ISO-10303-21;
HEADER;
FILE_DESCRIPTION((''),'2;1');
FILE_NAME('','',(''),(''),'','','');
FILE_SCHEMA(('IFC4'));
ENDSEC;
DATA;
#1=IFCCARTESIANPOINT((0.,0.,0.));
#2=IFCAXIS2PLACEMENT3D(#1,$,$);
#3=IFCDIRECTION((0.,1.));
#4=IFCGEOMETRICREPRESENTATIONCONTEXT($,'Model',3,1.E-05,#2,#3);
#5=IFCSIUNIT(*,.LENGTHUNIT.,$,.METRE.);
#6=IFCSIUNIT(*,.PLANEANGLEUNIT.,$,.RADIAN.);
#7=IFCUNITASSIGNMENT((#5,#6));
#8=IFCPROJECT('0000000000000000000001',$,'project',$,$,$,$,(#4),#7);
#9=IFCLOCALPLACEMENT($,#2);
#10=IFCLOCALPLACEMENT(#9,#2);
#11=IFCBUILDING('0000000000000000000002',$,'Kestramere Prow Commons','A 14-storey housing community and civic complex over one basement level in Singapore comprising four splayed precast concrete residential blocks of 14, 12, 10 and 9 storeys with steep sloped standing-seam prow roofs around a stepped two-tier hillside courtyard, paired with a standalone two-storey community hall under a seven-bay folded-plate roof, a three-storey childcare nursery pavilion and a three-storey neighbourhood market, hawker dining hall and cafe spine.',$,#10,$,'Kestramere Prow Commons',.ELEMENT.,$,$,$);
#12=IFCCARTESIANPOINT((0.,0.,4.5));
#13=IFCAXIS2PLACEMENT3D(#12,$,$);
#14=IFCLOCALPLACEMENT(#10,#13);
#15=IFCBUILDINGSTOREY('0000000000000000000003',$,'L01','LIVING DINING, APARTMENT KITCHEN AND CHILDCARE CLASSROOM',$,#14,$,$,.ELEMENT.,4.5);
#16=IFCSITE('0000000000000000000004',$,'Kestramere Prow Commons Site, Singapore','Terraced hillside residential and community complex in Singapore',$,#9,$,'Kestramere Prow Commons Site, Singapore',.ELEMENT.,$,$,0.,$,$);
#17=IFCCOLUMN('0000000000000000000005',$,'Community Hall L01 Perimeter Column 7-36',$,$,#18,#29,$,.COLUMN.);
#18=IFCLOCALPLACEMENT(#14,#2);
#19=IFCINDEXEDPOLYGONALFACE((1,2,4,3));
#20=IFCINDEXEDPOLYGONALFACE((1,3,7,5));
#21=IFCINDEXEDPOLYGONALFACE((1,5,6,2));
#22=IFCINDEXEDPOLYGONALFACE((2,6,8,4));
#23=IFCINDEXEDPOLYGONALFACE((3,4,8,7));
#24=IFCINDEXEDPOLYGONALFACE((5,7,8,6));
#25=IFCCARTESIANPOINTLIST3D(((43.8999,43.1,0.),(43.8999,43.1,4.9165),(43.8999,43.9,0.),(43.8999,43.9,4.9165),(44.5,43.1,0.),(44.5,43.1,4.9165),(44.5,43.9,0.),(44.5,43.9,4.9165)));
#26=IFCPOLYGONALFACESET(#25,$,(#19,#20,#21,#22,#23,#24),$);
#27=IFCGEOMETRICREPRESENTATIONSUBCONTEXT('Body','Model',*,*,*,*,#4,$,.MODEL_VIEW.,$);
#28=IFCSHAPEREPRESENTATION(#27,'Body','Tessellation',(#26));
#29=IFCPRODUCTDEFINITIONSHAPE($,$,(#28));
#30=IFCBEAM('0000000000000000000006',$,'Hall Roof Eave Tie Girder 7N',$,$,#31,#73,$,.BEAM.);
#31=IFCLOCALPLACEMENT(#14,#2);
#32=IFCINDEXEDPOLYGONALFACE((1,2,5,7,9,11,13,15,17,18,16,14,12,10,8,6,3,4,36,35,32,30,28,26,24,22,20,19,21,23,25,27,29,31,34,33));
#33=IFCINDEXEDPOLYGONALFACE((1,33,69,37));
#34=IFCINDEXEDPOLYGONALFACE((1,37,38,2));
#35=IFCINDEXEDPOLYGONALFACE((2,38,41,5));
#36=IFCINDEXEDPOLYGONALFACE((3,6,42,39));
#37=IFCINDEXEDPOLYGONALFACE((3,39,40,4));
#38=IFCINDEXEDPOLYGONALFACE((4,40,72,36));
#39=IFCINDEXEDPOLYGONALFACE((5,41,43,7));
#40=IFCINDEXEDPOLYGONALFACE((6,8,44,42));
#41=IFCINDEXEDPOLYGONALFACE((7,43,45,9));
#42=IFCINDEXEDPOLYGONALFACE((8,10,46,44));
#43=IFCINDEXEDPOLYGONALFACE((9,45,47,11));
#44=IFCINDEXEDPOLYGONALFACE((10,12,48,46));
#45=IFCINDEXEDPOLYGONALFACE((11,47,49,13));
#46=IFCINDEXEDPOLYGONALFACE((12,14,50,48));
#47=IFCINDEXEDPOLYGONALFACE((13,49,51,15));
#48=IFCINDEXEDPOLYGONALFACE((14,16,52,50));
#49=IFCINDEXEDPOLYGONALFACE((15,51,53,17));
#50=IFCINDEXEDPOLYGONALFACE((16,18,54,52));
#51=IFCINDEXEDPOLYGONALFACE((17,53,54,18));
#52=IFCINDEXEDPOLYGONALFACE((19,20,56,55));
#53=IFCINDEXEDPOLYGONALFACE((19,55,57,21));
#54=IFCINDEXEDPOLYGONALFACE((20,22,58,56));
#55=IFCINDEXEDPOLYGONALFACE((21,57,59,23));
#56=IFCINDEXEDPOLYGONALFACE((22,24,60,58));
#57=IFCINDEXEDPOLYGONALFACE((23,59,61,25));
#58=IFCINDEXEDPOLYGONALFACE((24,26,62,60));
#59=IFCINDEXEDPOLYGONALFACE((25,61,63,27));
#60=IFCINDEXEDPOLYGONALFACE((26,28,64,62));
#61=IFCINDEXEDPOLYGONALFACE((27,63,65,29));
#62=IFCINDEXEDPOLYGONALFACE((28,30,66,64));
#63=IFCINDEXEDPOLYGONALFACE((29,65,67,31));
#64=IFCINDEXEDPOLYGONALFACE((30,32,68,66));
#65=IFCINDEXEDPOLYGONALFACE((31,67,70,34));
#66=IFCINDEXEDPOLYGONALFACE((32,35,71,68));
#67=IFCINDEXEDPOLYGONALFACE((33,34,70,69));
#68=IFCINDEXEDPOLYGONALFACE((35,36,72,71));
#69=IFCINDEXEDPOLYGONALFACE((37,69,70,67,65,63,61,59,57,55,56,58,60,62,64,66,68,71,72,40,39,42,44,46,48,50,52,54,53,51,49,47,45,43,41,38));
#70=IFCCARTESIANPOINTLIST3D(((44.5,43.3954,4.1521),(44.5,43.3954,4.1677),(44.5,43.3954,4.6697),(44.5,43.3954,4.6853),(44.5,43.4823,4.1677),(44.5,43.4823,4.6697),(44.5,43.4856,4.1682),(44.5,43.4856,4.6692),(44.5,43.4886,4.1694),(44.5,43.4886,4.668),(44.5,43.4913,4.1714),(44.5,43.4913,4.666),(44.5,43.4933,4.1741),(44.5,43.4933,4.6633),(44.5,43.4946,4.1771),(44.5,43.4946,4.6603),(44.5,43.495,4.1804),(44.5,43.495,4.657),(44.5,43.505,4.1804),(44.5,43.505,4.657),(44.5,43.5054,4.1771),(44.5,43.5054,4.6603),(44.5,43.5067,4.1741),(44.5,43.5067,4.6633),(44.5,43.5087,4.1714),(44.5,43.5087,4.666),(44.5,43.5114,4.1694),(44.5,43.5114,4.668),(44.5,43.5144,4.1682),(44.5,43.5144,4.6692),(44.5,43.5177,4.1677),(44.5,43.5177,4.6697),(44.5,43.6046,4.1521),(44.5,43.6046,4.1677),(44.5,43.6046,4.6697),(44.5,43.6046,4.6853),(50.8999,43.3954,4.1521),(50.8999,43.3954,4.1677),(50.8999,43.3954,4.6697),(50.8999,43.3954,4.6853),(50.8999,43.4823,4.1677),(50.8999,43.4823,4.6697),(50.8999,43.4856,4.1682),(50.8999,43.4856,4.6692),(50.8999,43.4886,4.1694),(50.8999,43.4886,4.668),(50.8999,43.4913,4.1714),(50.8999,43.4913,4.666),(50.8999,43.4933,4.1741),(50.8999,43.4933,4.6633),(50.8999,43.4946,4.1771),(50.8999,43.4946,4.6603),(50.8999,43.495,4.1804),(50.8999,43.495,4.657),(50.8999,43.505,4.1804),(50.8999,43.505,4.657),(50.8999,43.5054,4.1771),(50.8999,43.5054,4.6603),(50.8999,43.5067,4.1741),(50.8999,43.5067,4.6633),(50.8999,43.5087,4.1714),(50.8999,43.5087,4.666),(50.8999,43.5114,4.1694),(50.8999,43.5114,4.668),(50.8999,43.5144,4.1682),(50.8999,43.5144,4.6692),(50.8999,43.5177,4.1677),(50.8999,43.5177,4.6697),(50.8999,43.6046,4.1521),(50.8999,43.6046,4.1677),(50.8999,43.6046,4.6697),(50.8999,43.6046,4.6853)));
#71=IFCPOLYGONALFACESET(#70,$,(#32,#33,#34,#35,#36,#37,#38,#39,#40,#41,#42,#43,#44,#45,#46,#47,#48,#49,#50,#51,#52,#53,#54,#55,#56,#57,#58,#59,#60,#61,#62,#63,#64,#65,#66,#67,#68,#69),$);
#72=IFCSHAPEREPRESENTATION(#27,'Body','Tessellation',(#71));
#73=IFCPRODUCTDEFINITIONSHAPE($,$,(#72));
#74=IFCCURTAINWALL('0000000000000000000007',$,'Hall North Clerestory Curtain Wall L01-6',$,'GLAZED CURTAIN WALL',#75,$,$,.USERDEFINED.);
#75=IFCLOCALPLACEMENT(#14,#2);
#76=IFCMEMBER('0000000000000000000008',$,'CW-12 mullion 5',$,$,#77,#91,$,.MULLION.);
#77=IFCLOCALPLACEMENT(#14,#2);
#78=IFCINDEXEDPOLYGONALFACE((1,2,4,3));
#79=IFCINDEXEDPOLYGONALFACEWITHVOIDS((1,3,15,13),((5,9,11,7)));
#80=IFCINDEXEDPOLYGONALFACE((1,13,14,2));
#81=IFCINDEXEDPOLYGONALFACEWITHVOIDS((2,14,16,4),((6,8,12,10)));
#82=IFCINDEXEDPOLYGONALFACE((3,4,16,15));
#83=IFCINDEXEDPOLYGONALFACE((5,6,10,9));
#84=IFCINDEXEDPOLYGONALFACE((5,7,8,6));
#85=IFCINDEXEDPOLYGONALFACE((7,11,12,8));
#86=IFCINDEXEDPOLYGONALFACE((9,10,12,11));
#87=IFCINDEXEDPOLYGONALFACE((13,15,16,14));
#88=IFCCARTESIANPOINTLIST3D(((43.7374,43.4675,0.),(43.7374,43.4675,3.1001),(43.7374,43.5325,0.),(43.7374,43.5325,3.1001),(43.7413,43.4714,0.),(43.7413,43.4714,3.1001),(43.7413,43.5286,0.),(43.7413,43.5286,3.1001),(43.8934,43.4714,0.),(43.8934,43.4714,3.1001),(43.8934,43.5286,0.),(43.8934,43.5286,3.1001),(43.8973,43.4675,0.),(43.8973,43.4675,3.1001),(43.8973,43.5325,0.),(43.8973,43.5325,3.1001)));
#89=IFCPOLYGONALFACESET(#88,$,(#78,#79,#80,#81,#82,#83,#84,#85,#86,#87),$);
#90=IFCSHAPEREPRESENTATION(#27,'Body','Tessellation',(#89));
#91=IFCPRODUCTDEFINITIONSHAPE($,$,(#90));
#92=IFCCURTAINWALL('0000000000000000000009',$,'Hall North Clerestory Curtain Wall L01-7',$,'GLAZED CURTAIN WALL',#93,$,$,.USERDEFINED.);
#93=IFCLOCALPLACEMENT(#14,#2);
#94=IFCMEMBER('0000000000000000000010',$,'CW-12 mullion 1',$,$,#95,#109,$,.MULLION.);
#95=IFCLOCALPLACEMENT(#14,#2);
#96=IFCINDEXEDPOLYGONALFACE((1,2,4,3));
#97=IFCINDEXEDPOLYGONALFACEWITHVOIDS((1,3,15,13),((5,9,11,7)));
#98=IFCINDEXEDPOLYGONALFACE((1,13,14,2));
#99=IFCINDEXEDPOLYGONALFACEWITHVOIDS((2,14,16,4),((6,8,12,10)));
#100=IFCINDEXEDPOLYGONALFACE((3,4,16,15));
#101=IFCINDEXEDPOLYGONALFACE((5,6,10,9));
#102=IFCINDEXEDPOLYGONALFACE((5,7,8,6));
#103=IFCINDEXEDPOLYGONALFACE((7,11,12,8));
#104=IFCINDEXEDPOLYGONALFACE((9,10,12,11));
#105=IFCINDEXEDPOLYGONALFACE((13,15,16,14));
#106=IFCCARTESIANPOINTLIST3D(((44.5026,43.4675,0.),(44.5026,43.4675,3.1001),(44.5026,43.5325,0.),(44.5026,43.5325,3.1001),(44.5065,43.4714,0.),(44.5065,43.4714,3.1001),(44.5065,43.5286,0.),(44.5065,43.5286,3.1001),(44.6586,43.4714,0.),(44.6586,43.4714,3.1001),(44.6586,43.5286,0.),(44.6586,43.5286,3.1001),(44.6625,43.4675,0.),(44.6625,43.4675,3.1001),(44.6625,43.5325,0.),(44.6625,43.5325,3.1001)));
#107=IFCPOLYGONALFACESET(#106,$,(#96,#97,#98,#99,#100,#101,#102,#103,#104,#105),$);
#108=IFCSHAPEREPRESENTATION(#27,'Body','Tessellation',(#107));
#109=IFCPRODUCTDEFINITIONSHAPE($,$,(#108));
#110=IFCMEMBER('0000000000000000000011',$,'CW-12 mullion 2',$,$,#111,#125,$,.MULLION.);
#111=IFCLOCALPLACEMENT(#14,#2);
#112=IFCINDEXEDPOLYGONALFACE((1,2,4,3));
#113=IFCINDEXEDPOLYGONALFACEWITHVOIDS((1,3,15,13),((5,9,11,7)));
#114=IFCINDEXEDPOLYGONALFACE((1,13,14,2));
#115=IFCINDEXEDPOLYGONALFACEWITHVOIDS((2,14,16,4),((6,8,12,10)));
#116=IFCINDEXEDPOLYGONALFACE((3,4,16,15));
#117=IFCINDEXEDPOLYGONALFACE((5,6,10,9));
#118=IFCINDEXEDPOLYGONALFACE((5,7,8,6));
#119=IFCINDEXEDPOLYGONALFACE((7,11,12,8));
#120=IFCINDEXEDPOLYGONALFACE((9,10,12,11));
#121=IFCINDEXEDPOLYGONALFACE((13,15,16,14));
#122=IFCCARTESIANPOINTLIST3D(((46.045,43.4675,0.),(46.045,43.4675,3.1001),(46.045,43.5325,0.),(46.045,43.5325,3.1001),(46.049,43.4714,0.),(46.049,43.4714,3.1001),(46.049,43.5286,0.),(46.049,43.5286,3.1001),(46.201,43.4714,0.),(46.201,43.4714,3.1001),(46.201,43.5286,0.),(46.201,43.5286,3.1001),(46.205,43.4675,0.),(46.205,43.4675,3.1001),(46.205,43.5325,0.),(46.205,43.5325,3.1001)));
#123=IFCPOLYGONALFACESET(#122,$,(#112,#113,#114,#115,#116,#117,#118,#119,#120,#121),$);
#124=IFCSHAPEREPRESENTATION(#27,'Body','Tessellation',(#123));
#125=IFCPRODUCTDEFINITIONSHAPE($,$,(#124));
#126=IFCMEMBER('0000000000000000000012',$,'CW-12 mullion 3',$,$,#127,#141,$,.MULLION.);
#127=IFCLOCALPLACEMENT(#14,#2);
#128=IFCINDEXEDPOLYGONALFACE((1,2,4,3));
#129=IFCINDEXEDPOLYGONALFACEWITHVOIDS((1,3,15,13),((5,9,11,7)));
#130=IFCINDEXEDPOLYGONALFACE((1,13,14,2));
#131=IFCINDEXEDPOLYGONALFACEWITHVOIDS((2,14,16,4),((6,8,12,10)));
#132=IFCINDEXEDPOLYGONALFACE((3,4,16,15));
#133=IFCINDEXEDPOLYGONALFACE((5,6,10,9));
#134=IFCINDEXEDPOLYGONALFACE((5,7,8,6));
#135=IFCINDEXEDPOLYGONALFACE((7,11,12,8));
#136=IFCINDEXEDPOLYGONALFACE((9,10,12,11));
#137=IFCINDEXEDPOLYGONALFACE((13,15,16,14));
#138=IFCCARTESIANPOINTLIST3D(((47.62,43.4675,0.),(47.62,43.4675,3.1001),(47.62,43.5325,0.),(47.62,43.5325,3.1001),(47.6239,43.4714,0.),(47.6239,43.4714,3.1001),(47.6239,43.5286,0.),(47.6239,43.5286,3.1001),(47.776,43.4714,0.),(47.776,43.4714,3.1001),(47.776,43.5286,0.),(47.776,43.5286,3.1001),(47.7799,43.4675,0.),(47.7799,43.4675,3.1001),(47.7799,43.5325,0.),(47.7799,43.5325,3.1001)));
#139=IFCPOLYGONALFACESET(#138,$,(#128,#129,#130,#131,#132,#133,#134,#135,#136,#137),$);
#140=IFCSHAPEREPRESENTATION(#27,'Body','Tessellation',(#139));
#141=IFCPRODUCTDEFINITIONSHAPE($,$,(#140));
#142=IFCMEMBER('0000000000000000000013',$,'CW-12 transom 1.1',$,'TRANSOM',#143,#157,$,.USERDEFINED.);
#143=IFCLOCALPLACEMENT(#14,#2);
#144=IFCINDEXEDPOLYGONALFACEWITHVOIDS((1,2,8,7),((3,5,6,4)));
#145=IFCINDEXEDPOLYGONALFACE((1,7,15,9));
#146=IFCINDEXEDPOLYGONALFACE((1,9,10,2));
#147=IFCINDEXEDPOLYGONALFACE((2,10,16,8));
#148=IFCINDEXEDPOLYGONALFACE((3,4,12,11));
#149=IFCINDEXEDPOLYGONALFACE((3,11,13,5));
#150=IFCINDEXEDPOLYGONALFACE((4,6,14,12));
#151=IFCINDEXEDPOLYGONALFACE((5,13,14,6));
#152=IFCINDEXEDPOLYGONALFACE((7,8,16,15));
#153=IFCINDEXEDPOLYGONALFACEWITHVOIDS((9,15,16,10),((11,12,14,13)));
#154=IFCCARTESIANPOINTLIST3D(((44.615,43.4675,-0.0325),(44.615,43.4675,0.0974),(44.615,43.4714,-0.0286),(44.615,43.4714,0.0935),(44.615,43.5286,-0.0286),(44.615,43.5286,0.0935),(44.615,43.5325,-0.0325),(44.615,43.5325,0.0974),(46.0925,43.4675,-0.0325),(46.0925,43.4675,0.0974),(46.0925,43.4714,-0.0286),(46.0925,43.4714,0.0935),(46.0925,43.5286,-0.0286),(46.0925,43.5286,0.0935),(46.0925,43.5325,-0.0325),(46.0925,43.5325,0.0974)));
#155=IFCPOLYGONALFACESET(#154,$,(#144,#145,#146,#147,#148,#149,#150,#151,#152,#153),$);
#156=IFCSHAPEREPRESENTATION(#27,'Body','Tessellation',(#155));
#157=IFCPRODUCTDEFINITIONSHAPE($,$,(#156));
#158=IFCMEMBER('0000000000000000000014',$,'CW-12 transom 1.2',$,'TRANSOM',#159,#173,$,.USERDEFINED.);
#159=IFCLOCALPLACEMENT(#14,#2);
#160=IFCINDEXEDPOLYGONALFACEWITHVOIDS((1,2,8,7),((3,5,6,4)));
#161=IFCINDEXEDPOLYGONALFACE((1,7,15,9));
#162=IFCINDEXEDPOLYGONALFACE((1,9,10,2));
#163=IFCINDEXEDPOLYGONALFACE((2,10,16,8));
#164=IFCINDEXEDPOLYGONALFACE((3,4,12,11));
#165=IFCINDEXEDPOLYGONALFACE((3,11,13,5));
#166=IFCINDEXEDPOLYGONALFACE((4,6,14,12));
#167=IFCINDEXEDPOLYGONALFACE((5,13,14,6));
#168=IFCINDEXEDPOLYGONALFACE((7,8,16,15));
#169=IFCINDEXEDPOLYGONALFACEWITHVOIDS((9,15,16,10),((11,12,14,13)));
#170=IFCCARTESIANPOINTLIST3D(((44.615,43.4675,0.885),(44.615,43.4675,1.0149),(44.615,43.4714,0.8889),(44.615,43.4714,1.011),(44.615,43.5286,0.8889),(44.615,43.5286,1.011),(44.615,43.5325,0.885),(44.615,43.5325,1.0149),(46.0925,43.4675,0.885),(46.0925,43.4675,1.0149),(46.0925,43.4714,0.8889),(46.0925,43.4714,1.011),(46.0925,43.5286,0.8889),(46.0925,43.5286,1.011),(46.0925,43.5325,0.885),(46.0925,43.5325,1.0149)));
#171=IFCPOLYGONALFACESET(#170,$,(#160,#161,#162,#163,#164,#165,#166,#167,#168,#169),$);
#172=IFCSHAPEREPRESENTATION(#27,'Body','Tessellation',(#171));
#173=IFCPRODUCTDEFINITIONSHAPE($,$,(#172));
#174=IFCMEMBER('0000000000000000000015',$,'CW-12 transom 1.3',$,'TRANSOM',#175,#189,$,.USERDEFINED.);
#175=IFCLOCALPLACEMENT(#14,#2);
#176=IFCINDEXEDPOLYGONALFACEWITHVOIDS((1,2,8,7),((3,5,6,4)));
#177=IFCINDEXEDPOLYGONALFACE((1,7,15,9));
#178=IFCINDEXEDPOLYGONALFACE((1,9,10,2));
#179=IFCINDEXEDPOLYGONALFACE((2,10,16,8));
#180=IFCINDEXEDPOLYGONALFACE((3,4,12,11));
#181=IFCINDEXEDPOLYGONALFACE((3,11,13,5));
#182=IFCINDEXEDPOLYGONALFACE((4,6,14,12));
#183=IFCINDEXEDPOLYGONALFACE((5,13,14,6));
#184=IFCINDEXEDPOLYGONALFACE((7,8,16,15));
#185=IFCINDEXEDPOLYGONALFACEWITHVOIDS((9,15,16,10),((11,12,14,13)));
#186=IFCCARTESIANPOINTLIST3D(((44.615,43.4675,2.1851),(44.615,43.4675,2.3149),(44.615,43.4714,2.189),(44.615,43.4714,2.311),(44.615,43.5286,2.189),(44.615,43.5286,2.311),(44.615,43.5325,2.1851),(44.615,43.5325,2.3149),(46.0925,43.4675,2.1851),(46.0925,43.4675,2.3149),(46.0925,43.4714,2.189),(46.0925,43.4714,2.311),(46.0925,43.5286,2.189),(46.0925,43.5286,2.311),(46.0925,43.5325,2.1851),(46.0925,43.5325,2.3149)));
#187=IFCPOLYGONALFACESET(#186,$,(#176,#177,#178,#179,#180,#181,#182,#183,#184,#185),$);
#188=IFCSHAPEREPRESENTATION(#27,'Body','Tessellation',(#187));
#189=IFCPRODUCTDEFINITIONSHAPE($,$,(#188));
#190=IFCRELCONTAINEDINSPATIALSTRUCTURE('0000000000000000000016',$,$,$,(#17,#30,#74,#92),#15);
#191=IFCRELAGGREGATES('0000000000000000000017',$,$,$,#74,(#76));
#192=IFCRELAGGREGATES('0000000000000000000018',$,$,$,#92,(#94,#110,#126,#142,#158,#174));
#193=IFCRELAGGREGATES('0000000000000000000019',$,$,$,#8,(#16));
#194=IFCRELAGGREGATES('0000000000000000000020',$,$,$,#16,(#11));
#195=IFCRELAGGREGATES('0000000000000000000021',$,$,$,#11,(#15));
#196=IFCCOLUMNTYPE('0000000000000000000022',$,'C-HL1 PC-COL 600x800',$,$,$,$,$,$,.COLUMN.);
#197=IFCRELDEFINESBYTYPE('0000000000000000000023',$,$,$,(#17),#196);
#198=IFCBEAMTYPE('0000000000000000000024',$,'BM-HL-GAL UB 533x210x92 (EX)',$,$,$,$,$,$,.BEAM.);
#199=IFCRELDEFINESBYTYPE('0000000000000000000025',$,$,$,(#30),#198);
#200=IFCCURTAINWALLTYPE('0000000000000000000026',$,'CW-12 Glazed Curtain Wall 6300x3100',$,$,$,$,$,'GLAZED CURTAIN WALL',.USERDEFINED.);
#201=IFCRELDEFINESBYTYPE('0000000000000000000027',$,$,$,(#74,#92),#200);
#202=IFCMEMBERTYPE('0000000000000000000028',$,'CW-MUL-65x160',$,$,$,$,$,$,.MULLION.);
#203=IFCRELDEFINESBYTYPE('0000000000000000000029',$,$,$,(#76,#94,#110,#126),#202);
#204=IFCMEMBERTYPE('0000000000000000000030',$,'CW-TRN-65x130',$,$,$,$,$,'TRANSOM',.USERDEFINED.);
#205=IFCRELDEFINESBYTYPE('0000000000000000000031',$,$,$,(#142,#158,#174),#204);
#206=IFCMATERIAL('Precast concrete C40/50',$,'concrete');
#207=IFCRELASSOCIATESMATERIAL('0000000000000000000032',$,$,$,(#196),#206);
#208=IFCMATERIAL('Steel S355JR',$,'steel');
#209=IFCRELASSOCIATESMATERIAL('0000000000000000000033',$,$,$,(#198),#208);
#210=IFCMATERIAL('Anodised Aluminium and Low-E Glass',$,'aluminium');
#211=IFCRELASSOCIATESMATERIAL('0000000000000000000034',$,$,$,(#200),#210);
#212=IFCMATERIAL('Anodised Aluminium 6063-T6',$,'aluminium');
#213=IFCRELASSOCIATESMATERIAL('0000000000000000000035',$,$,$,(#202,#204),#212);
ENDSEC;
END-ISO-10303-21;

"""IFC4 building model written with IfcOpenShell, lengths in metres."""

from ifc_helpers import new_model, si_unit, direction, frame, origin, origin_2d, place, context, subcontext, project, spatial, rectangle, hollow_rectangle, i_section, extrude, material, material_profile, profile_set, type_object, element, aggregate, save


model = new_model("IFC4")

# Units and contexts
model_context = context("Model", 3, precision=1e-05, world=origin(), true_north=direction((0.0, 1.0)))
body_context = subcontext(model_context, "Body", "Model", "MODEL_VIEW")
ifc_project = project(units=[si_unit("LENGTHUNIT", "METRE"), si_unit("PLANEANGLEUNIT", "RADIAN")], contexts=[model_context])

# Site, building, storey
site_placement = place(None, origin())
site = spatial("IfcSite", under=ifc_project, at=site_placement, Name="Kestramere Prow Commons Site, Singapore", Description="Terraced hillside residential and community complex in Singapore", LongName="Kestramere Prow Commons Site, Singapore", CompositionType="ELEMENT", RefElevation=0.0)
building_placement = place(site_placement, origin())
building = spatial("IfcBuilding", under=site, at=building_placement, Name="Kestramere Prow Commons", Description="A 14-storey housing community and civic complex over one basement level in Singapore comprising four splayed precast concrete residential blocks of 14, 12, 10 and 9 storeys with steep sloped standing-seam prow roofs around a stepped two-tier hillside courtyard, paired with a standalone two-storey community hall under a seven-bay folded-plate roof, a three-storey childcare nursery pavilion and a three-storey neighbourhood market, hawker dining hall and cafe spine.", LongName="Kestramere Prow Commons", CompositionType="ELEMENT")
storey_placement = place(building_placement, frame((0.0, 0.0, 4.5)))
storey = spatial("IfcBuildingStorey", under=building, at=storey_placement, Name="L01", Description="LIVING DINING, APARTMENT KITCHEN AND CHILDCARE CLASSROOM", CompositionType="ELEMENT", Elevation=4.5)

# Column
ifc_material_1 = material(Name="Precast concrete C40/50", Category="concrete")
ifc_material_profile_1 = material_profile(ifc_material_1, rectangle(XDim=0.6001, YDim=0.8, at=origin_2d()), Name="PC-COL 600x800")
ifc_profile_set_1 = profile_set([ifc_material_profile_1], Name="Precast concrete C40/50")
column_type = type_object("IfcColumnType", Name="C-HL1 PC-COL 600x800", PredefinedType="COLUMN", material=ifc_profile_set_1)
column_placement = place(storey_placement, frame((44.2, 43.5, 0.0), z_axis=(0.0, 0.0, 1.0), x_axis=(1.0, 0.0, 0.0)))
element("IfcColumn", 1, at=column_placement, inside=storey, type_object=column_type, Name="Community Hall L01 Perimeter Column 7-36", PredefinedType="COLUMN", context=body_context, shape_type="SweptSolid", body=[
    extrude(rectangle(XDim=0.6001, YDim=0.8, at=origin_2d()), origin(), (0.0, 0.0, 1.0), 4.9165),
])

# Beam
ifc_material_2 = material(Name="Steel S355JR", Category="steel")
ifc_material_profile_2 = material_profile(ifc_material_2, i_section(OverallWidth=0.2092, OverallDepth=0.5332, WebThickness=0.01, FlangeThickness=0.0156, FilletRadius=0.0127, at=origin_2d()), Name="UB 533x210x92")
ifc_profile_set_2 = profile_set([ifc_material_profile_2], Name="Steel S355JR")
beam_type = type_object("IfcBeamType", Name="BM-HL-GAL UB 533x210x92 (EX)", PredefinedType="BEAM", material=ifc_profile_set_2)
beam_placement = place(storey_placement, frame((44.5, 43.5, 4.4187), z_axis=(1.0, 0.0, 0.0), x_axis=(0.0, 1.0, 0.0)))
element("IfcBeam", 2, at=beam_placement, inside=storey, type_object=beam_type, Name="Hall Roof Eave Tie Girder 7N", PredefinedType="BEAM", context=body_context, shape_type="SweptSolid", body=[
    extrude(i_section(OverallWidth=0.2092, OverallDepth=0.5332, WebThickness=0.01, FlangeThickness=0.0156, FilletRadius=0.0127, at=origin_2d()), origin(), (0.0, 0.0, 1.0), 6.3999),
])

# Curtain wall, member
ifc_material_3 = material(Name="Anodised Aluminium and Low-E Glass", Category="aluminium")
curtain_wall_type = type_object("IfcCurtainWallType", Name="CW-12 Glazed Curtain Wall 6300x3100", ElementType="GLAZED CURTAIN WALL", PredefinedType="USERDEFINED", material=ifc_material_3)
curtain_wall_1_placement = place(storey_placement, origin())
curtain_wall_1 = element("IfcCurtainWall", 3, at=curtain_wall_1_placement, inside=storey, type_object=curtain_wall_type, Name="Hall North Clerestory Curtain Wall L01-6", ObjectType="GLAZED CURTAIN WALL", PredefinedType="USERDEFINED")
ifc_material_4 = material(Name="Anodised Aluminium 6063-T6", Category="aluminium")
ifc_material_profile_3 = material_profile(ifc_material_4, hollow_rectangle(XDim=0.0649, YDim=0.1599, WallThickness=0.0039, at=origin_2d()), Name="ALU-MUL 65x160")
ifc_profile_set_3 = profile_set([ifc_material_profile_3], Name="Anodised Aluminium 6063-T6")
member_type_1 = type_object("IfcMemberType", Name="CW-MUL-65x160", PredefinedType="MULLION", material=ifc_profile_set_3)
member_1_placement = place(storey_placement, frame((43.8174, 43.5, 0.0), z_axis=(0.0, 0.0, 1.0), x_axis=(0.0, 1.0, 0.0)))
member_1 = element("IfcMember", 4, at=member_1_placement, type_object=member_type_1, Name="CW-12 mullion 5", PredefinedType="MULLION", context=body_context, shape_type="SweptSolid", body=[
    extrude(hollow_rectangle(XDim=0.0649, YDim=0.1599, WallThickness=0.0039, at=origin_2d()), origin(), (0.0, 0.0, 1.0), 3.1001),
])
aggregate(curtain_wall_1, [member_1])

# Curtain wall, members
curtain_wall_2_placement = place(storey_placement, origin())
curtain_wall_2 = element("IfcCurtainWall", 5, at=curtain_wall_2_placement, inside=storey, type_object=curtain_wall_type, Name="Hall North Clerestory Curtain Wall L01-7", ObjectType="GLAZED CURTAIN WALL", PredefinedType="USERDEFINED")
member_2_placement = place(storey_placement, frame((44.5825, 43.5, 0.0), z_axis=(0.0, 0.0, 1.0), x_axis=(0.0, 1.0, 0.0)))
member_2 = element("IfcMember", 6, at=member_2_placement, type_object=member_type_1, Name="CW-12 mullion 1", PredefinedType="MULLION", context=body_context, shape_type="SweptSolid", body=[
    extrude(hollow_rectangle(XDim=0.0649, YDim=0.1599, WallThickness=0.0039, at=origin_2d()), origin(), (0.0, 0.0, 1.0), 3.1001),
])
member_3_placement = place(storey_placement, frame((46.125, 43.5, 0.0), z_axis=(0.0, 0.0, 1.0), x_axis=(0.0, 1.0, 0.0)))
member_3 = element("IfcMember", 7, at=member_3_placement, type_object=member_type_1, Name="CW-12 mullion 2", PredefinedType="MULLION", context=body_context, shape_type="SweptSolid", body=[
    extrude(hollow_rectangle(XDim=0.0649, YDim=0.1599, WallThickness=0.0039, at=origin_2d()), origin(), (0.0, 0.0, 1.0), 3.1001),
])
member_4_placement = place(storey_placement, frame((47.7, 43.5, 0.0), z_axis=(0.0, 0.0, 1.0), x_axis=(0.0, 1.0, 0.0)))
member_4 = element("IfcMember", 8, at=member_4_placement, type_object=member_type_1, Name="CW-12 mullion 3", PredefinedType="MULLION", context=body_context, shape_type="SweptSolid", body=[
    extrude(hollow_rectangle(XDim=0.0649, YDim=0.1599, WallThickness=0.0039, at=origin_2d()), origin(), (0.0, 0.0, 1.0), 3.1001),
])
ifc_material_profile_4 = material_profile(ifc_material_4, hollow_rectangle(XDim=0.0649, YDim=0.1299, WallThickness=0.0039, at=origin_2d()), Name="ALU-TRN 65x130")
ifc_profile_set_4 = profile_set([ifc_material_profile_4], Name="Anodised Aluminium 6063-T6")
member_type_2 = type_object("IfcMemberType", Name="CW-TRN-65x130", ElementType="TRANSOM", PredefinedType="USERDEFINED", material=ifc_profile_set_4)
member_5_placement = place(storey_placement, frame((44.615, 43.5, 0.0325), z_axis=(1.0, 0.0, 0.0), x_axis=(0.0, 1.0, 0.0)))
member_5 = element("IfcMember", 9, at=member_5_placement, type_object=member_type_2, Name="CW-12 transom 1.1", ObjectType="TRANSOM", PredefinedType="USERDEFINED", context=body_context, shape_type="SweptSolid", body=[
    extrude(hollow_rectangle(XDim=0.0649, YDim=0.1299, WallThickness=0.0039, at=origin_2d()), origin(), (0.0, 0.0, 1.0), 1.4775),
])
member_6_placement = place(storey_placement, frame((44.615, 43.5, 0.95), z_axis=(1.0, 0.0, 0.0), x_axis=(0.0, 1.0, 0.0)))
member_6 = element("IfcMember", 10, at=member_6_placement, type_object=member_type_2, Name="CW-12 transom 1.2", ObjectType="TRANSOM", PredefinedType="USERDEFINED", context=body_context, shape_type="SweptSolid", body=[
    extrude(hollow_rectangle(XDim=0.0649, YDim=0.1299, WallThickness=0.0039, at=origin_2d()), origin(), (0.0, 0.0, 1.0), 1.4775),
])
member_7_placement = place(storey_placement, frame((44.615, 43.5, 2.25), z_axis=(1.0, 0.0, 0.0), x_axis=(0.0, 1.0, 0.0)))
member_7 = element("IfcMember", 11, at=member_7_placement, type_object=member_type_2, Name="CW-12 transom 1.3", ObjectType="TRANSOM", PredefinedType="USERDEFINED", context=body_context, shape_type="SweptSolid", body=[
    extrude(hollow_rectangle(XDim=0.0649, YDim=0.1299, WallThickness=0.0039, at=origin_2d()), origin(), (0.0, 0.0, 1.0), 1.4775),
])
aggregate(curtain_wall_2, [member_2, member_3, member_4, member_5, member_6, member_7])

save(model, "model.ifc")
